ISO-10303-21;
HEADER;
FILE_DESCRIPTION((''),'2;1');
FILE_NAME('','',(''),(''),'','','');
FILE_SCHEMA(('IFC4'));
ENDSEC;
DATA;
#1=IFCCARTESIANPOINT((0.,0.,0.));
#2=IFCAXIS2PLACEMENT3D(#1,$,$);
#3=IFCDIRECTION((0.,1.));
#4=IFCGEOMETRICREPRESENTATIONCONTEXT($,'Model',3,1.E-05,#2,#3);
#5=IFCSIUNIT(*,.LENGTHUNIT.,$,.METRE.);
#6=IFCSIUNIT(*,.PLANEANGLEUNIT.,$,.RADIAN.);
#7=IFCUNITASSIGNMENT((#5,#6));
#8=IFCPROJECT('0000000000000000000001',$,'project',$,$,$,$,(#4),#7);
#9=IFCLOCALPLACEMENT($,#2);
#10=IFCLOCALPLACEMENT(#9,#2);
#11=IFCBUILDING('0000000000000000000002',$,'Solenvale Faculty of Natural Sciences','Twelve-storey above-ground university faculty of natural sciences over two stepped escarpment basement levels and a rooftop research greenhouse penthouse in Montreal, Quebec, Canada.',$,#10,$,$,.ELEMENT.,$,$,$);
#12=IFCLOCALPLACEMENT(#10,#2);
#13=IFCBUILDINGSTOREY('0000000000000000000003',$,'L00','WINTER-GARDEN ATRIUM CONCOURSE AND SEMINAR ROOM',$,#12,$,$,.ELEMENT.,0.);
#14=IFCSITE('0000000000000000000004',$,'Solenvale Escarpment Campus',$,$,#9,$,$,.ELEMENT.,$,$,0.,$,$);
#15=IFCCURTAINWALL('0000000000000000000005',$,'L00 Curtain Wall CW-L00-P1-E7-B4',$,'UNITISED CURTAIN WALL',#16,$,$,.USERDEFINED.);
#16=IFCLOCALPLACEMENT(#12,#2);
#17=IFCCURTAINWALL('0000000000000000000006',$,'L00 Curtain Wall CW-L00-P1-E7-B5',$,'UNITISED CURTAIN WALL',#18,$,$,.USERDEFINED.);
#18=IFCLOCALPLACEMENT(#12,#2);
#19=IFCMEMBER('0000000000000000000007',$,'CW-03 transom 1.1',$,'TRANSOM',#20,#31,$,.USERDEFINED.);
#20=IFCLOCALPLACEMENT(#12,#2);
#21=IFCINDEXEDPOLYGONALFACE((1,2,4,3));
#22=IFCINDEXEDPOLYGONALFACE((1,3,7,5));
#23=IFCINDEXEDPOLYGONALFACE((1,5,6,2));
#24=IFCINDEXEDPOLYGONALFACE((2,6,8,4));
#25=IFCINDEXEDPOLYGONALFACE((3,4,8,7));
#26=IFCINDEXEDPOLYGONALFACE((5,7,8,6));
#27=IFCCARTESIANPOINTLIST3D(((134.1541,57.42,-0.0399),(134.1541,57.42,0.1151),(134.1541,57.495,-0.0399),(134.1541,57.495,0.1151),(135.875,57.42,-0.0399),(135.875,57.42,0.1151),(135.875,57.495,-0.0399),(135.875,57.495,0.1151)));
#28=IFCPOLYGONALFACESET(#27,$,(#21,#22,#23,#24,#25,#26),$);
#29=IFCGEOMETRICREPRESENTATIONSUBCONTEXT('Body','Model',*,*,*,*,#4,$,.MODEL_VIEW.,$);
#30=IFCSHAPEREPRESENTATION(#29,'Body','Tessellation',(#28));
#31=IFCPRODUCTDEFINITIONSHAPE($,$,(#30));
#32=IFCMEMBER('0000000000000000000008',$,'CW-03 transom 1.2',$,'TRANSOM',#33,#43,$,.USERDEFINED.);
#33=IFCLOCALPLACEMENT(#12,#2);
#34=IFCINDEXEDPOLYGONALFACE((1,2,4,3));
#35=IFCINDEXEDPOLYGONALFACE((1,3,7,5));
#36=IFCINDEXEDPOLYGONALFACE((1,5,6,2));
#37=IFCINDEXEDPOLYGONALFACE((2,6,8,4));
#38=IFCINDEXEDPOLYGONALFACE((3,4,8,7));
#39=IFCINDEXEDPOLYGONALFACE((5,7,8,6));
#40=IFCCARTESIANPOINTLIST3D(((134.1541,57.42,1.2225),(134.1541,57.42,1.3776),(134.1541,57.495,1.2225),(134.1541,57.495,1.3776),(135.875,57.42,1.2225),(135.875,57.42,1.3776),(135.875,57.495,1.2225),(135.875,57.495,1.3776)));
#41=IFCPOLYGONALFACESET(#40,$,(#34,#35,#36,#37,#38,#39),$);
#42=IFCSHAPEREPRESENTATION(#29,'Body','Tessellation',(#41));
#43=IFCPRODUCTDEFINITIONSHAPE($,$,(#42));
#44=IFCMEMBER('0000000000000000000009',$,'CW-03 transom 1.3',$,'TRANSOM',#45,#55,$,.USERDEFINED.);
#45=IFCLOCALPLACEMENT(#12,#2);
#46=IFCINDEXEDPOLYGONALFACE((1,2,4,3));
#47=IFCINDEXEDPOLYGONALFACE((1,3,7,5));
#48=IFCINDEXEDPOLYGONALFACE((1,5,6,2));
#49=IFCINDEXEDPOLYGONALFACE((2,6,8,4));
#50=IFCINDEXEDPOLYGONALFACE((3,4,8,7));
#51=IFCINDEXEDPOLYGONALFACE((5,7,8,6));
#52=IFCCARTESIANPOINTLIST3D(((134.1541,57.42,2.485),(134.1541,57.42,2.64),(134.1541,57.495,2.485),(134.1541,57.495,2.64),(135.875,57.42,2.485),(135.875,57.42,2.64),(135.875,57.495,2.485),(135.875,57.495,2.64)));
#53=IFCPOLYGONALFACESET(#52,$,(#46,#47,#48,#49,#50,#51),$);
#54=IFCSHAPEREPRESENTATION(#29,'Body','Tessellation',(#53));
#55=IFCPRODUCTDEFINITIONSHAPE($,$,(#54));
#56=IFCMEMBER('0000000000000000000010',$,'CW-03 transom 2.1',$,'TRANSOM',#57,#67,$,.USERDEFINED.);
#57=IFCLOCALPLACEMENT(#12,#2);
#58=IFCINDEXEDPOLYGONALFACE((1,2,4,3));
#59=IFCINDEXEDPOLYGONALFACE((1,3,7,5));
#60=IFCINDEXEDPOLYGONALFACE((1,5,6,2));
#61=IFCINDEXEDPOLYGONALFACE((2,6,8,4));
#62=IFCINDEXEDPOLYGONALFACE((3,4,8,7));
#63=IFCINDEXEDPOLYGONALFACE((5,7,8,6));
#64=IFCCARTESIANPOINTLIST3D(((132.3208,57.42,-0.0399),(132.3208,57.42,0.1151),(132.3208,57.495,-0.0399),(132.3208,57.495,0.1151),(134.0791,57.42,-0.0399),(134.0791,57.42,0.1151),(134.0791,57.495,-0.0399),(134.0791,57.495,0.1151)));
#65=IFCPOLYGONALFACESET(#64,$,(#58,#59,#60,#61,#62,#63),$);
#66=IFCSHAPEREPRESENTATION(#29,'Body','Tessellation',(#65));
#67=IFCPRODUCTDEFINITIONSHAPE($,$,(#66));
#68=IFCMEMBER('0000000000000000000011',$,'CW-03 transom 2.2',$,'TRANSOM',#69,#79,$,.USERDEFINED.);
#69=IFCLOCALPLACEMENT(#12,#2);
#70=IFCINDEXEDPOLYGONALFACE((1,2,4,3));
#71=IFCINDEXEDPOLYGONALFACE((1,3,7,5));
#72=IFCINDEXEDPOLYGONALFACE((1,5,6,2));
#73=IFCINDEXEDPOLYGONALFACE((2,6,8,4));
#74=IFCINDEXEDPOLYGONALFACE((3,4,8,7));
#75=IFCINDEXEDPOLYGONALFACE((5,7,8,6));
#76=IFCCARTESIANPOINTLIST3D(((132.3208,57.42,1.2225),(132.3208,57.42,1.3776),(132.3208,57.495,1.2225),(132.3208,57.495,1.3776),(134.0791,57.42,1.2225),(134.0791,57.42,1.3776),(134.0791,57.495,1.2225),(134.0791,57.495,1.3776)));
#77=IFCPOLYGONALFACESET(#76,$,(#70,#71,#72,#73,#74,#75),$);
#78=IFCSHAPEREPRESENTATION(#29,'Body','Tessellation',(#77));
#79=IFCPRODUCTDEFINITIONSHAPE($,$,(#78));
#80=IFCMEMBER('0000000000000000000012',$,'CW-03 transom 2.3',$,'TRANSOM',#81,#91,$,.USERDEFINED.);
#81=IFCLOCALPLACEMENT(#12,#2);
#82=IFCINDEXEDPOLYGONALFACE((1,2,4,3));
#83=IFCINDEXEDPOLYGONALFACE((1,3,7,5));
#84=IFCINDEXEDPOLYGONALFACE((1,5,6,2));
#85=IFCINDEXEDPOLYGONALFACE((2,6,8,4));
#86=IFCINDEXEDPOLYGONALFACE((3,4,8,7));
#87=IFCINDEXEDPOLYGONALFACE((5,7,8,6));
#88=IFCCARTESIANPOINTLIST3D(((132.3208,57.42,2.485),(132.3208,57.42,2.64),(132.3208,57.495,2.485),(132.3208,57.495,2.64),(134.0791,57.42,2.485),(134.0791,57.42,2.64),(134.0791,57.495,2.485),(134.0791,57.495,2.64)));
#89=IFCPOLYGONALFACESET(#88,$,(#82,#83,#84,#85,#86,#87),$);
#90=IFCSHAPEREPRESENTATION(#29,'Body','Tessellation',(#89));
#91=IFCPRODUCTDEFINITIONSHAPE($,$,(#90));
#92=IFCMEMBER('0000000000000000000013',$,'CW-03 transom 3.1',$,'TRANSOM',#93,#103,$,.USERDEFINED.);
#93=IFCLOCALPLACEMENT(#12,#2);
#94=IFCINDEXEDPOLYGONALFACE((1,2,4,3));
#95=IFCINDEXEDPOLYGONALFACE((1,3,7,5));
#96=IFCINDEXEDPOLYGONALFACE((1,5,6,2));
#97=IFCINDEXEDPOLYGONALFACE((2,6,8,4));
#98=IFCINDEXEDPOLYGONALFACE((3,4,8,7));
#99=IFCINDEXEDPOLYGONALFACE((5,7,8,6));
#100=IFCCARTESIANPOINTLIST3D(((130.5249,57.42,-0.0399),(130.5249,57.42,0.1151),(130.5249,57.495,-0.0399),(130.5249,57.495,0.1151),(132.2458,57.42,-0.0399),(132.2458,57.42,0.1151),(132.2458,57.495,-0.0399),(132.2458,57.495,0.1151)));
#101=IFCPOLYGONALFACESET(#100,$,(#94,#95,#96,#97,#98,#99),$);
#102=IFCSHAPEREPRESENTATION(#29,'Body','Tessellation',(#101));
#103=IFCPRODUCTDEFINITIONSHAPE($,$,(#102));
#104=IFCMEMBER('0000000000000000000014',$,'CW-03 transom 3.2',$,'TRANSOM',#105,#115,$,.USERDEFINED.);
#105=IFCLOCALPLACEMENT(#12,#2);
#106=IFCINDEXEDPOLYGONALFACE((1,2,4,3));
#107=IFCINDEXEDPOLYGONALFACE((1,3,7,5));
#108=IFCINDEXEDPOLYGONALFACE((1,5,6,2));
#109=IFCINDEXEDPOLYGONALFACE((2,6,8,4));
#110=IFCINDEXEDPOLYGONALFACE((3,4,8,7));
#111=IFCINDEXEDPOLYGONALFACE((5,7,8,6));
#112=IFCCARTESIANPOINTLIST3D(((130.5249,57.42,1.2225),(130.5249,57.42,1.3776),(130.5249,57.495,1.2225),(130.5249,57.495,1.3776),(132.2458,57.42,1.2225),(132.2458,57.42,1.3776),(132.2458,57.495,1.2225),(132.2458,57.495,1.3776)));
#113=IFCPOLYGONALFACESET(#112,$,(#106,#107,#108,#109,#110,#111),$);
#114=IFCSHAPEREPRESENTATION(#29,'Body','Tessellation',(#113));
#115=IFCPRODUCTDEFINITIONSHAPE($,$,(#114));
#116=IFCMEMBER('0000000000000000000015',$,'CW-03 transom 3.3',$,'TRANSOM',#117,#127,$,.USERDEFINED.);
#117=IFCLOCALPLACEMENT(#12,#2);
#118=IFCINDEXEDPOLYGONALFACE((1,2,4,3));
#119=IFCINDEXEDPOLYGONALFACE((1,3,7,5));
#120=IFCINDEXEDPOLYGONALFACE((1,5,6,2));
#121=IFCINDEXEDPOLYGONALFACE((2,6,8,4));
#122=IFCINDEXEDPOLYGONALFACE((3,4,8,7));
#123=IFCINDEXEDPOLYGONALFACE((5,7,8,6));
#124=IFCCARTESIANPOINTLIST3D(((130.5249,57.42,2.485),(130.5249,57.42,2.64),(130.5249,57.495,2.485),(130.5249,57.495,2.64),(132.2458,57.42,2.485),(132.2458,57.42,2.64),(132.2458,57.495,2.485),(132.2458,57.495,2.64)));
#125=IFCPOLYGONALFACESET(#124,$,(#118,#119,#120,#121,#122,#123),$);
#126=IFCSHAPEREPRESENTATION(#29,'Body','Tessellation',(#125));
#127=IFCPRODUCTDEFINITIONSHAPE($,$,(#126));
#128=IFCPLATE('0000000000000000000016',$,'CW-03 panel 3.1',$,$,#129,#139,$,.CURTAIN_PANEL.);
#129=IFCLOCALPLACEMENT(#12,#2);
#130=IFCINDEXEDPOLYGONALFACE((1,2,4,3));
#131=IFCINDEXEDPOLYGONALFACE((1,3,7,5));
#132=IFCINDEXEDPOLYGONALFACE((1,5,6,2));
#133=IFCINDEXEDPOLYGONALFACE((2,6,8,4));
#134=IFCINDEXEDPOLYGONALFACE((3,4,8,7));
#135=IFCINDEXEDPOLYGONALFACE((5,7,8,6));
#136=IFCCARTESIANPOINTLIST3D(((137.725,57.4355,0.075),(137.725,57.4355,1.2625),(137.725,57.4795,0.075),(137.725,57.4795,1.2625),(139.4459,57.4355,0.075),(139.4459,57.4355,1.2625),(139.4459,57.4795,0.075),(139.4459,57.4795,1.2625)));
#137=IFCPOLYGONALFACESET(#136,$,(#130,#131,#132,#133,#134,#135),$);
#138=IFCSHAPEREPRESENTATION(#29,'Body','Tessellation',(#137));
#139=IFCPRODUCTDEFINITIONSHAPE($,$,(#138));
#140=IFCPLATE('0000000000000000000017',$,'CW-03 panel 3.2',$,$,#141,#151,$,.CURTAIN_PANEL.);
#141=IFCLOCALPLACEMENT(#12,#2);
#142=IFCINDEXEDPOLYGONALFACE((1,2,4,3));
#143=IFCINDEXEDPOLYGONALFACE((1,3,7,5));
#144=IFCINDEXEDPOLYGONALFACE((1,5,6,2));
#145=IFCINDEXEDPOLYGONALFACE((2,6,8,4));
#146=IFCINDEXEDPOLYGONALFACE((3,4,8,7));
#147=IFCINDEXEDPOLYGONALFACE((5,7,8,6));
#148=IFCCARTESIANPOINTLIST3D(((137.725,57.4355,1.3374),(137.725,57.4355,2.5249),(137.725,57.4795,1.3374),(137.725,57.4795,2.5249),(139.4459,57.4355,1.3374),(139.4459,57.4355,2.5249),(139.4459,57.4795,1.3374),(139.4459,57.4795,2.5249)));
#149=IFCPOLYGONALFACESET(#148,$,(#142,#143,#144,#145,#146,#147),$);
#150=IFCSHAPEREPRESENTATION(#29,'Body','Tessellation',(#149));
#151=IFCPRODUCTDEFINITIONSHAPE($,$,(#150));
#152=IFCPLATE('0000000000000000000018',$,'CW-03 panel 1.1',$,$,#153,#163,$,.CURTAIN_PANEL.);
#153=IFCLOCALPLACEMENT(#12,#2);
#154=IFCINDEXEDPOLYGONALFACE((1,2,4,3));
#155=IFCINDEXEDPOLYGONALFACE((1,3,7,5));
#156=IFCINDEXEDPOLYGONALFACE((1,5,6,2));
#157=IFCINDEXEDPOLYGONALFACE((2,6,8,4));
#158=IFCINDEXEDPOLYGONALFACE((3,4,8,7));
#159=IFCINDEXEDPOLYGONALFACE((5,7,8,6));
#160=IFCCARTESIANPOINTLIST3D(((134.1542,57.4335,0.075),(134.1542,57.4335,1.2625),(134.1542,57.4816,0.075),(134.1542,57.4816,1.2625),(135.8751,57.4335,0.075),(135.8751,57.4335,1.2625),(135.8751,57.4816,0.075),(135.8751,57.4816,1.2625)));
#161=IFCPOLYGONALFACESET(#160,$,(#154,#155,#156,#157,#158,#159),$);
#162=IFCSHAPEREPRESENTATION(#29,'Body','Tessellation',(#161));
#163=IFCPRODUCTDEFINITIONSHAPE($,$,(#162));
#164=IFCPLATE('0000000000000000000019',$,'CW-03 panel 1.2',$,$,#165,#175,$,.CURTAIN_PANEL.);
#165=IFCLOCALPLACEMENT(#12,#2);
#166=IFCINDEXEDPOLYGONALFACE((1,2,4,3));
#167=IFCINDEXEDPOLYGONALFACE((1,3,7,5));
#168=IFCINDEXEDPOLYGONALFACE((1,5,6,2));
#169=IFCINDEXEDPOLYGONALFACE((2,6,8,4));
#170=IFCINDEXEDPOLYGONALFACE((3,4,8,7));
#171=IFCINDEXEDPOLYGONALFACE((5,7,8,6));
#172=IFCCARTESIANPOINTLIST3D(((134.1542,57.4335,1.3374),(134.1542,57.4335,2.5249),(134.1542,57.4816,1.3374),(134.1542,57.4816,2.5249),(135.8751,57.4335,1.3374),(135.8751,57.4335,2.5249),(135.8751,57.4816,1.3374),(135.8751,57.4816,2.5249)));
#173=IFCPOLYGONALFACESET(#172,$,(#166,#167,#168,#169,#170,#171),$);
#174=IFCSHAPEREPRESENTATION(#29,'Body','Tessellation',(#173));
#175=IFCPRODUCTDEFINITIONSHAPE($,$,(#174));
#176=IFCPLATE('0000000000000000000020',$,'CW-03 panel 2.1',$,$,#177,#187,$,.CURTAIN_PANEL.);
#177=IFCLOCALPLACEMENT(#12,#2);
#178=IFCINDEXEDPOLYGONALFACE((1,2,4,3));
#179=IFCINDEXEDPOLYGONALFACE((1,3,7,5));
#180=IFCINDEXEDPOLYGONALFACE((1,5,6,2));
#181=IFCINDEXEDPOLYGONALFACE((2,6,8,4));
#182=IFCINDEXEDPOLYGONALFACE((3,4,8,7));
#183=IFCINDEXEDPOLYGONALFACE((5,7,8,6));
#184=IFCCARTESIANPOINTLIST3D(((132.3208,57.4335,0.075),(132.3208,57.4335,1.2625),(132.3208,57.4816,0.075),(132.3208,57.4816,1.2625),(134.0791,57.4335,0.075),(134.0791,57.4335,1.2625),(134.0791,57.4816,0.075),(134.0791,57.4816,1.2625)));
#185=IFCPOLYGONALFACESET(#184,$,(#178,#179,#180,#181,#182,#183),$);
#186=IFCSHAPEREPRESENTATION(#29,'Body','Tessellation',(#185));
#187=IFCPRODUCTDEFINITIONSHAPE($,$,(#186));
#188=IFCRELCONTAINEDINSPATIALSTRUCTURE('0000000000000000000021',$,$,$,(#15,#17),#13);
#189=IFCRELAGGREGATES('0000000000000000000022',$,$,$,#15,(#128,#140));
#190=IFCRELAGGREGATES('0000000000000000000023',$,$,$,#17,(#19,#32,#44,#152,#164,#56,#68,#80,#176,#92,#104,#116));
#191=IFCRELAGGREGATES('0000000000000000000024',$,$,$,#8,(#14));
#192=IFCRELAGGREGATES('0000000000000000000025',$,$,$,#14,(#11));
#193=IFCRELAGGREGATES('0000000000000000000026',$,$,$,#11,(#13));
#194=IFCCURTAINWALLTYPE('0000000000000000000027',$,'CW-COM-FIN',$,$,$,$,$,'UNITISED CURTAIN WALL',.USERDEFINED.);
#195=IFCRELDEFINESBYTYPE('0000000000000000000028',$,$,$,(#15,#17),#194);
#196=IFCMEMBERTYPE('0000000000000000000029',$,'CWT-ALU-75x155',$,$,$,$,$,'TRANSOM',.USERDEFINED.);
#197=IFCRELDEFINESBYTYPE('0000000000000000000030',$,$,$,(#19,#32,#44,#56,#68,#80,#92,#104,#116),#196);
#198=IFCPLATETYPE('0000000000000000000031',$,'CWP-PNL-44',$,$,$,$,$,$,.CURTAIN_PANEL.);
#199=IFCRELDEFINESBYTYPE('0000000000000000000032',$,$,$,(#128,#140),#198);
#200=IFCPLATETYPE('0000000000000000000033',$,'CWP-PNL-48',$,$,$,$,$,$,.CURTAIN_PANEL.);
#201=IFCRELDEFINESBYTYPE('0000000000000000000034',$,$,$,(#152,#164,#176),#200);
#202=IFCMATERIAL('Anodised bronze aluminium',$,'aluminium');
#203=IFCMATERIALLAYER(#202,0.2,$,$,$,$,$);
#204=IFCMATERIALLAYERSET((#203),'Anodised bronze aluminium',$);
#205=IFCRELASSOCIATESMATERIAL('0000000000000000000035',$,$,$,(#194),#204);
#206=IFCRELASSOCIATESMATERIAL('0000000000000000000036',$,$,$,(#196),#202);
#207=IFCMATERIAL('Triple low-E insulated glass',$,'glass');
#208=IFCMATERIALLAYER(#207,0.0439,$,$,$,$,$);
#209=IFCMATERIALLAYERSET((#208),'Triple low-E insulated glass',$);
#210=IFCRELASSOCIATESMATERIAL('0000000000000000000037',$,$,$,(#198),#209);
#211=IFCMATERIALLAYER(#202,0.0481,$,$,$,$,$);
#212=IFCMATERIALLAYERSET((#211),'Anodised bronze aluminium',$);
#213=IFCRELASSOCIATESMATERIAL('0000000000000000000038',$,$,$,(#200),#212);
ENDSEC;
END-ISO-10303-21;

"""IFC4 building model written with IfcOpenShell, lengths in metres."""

from ifc_helpers import new_model, si_unit, direction, frame, origin, origin_2d, place, context, subcontext, project, spatial, rectangle, extrude, material, layer, layer_set, material_profile, profile_set, type_object, element, aggregate, save


model = new_model("IFC4")

# Units and contexts
model_context = context("Model", 3, precision=1e-05, world=origin(), true_north=direction((0.0, 1.0)))
body_context = subcontext(model_context, "Body", "Model", "MODEL_VIEW")
ifc_project = project(units=[si_unit("LENGTHUNIT", "METRE"), si_unit("PLANEANGLEUNIT", "RADIAN")], contexts=[model_context])

# Site, building, storey
site_placement = place(None, origin())
site = spatial("IfcSite", under=ifc_project, at=site_placement, Name="Solenvale Escarpment Campus", CompositionType="ELEMENT", RefElevation=0.0)
building_placement = place(site_placement, origin())
building = spatial("IfcBuilding", under=site, at=building_placement, Name="Solenvale Faculty of Natural Sciences", Description="Twelve-storey above-ground university faculty of natural sciences over two stepped escarpment basement levels and a rooftop research greenhouse penthouse in Montreal, Quebec, Canada.", CompositionType="ELEMENT")
storey_placement = place(building_placement, origin())
storey = spatial("IfcBuildingStorey", under=building, at=storey_placement, Name="L00", Description="WINTER-GARDEN ATRIUM CONCOURSE AND SEMINAR ROOM", CompositionType="ELEMENT", Elevation=0.0)

# Curtain wall
ifc_material_1 = material(Name="Anodised bronze aluminium", Category="aluminium")
ifc_layer_1 = layer(ifc_material_1, 0.2)
ifc_layer_set_1 = layer_set([ifc_layer_1], Name="Anodised bronze aluminium")
curtain_wall_type = type_object("IfcCurtainWallType", Name="CW-COM-FIN", ElementType="UNITISED CURTAIN WALL", PredefinedType="USERDEFINED", material=ifc_layer_set_1)
curtain_wall_1_placement = place(storey_placement, origin())
curtain_wall_1 = element("IfcCurtainWall", 1, at=curtain_wall_1_placement, inside=storey, type_object=curtain_wall_type, Name="L00 Curtain Wall CW-L00-P1-E7-B4", ObjectType="UNITISED CURTAIN WALL", PredefinedType="USERDEFINED")

# Curtain wall
curtain_wall_2_placement = place(storey_placement, origin())
curtain_wall_2 = element("IfcCurtainWall", 2, at=curtain_wall_2_placement, inside=storey, type_object=curtain_wall_type, Name="L00 Curtain Wall CW-L00-P1-E7-B5", ObjectType="UNITISED CURTAIN WALL", PredefinedType="USERDEFINED")

# Members
ifc_material_profile_1 = material_profile(ifc_material_1, rectangle(XDim=0.075, YDim=0.155, at=origin_2d()), Name="ALU-TRN-75x155")
ifc_profile_set_1 = profile_set([ifc_material_profile_1], Name="Anodised bronze aluminium")
member_type_1 = type_object("IfcMemberType", Name="CWT-ALU-75x155", ElementType="TRANSOM", PredefinedType="USERDEFINED", material=ifc_profile_set_1)
member_1_placement = place(storey_placement, frame((135.875, 57.4575, 0.0376), z_axis=(-1.0, 0.0, 0.0), x_axis=(0.0, -1.0, 0.0)))
member_1 = element("IfcMember", 3, at=member_1_placement, type_object=member_type_1, Name="CW-03 transom 1.1", ObjectType="TRANSOM", PredefinedType="USERDEFINED", context=body_context, shape_type="SweptSolid", body=[
    extrude(rectangle(XDim=0.075, YDim=0.155, at=origin_2d()), origin(), (0.0, 0.0, 1.0), 1.7209),
])
member_2_placement = place(storey_placement, frame((135.875, 57.4575, 1.3), z_axis=(-1.0, 0.0, 0.0), x_axis=(0.0, -1.0, 0.0)))
member_2 = element("IfcMember", 4, at=member_2_placement, type_object=member_type_1, Name="CW-03 transom 1.2", ObjectType="TRANSOM", PredefinedType="USERDEFINED", context=body_context, shape_type="SweptSolid", body=[
    extrude(rectangle(XDim=0.075, YDim=0.155, at=origin_2d()), origin(), (0.0, 0.0, 1.0), 1.7209),
])
member_3_placement = place(storey_placement, frame((135.875, 57.4575, 2.5625), z_axis=(-1.0, 0.0, 0.0), x_axis=(0.0, -1.0, 0.0)))
member_3 = element("IfcMember", 5, at=member_3_placement, type_object=member_type_1, Name="CW-03 transom 1.3", ObjectType="TRANSOM", PredefinedType="USERDEFINED", context=body_context, shape_type="SweptSolid", body=[
    extrude(rectangle(XDim=0.075, YDim=0.155, at=origin_2d()), origin(), (0.0, 0.0, 1.0), 1.7209),
])
member_4_placement = place(storey_placement, frame((134.0791, 57.4575, 0.0376), z_axis=(-1.0, 0.0, 0.0), x_axis=(0.0, -1.0, 0.0)))
member_4 = element("IfcMember", 6, at=member_4_placement, type_object=member_type_1, Name="CW-03 transom 2.1", ObjectType="TRANSOM", PredefinedType="USERDEFINED", context=body_context, shape_type="SweptSolid", body=[
    extrude(rectangle(XDim=0.075, YDim=0.155, at=origin_2d()), origin(), (0.0, 0.0, 1.0), 1.7583),
])
member_5_placement = place(storey_placement, frame((134.0791, 57.4575, 1.3), z_axis=(-1.0, 0.0, 0.0), x_axis=(0.0, -1.0, 0.0)))
member_5 = element("IfcMember", 7, at=member_5_placement, type_object=member_type_1, Name="CW-03 transom 2.2", ObjectType="TRANSOM", PredefinedType="USERDEFINED", context=body_context, shape_type="SweptSolid", body=[
    extrude(rectangle(XDim=0.075, YDim=0.155, at=origin_2d()), origin(), (0.0, 0.0, 1.0), 1.7583),
])
member_6_placement = place(storey_placement, frame((134.0791, 57.4575, 2.5625), z_axis=(-1.0, 0.0, 0.0), x_axis=(0.0, -1.0, 0.0)))
member_6 = element("IfcMember", 8, at=member_6_placement, type_object=member_type_1, Name="CW-03 transom 2.3", ObjectType="TRANSOM", PredefinedType="USERDEFINED", context=body_context, shape_type="SweptSolid", body=[
    extrude(rectangle(XDim=0.075, YDim=0.155, at=origin_2d()), origin(), (0.0, 0.0, 1.0), 1.7583),
])
member_7_placement = place(storey_placement, frame((132.2458, 57.4575, 0.0376), z_axis=(-1.0, 0.0, 0.0), x_axis=(0.0, -1.0, 0.0)))
member_7 = element("IfcMember", 9, at=member_7_placement, type_object=member_type_1, Name="CW-03 transom 3.1", ObjectType="TRANSOM", PredefinedType="USERDEFINED", context=body_context, shape_type="SweptSolid", body=[
    extrude(rectangle(XDim=0.075, YDim=0.155, at=origin_2d()), origin(), (0.0, 0.0, 1.0), 1.7209),
])
member_8_placement = place(storey_placement, frame((132.2458, 57.4575, 1.3), z_axis=(-1.0, 0.0, 0.0), x_axis=(0.0, -1.0, 0.0)))
member_8 = element("IfcMember", 10, at=member_8_placement, type_object=member_type_1, Name="CW-03 transom 3.2", ObjectType="TRANSOM", PredefinedType="USERDEFINED", context=body_context, shape_type="SweptSolid", body=[
    extrude(rectangle(XDim=0.075, YDim=0.155, at=origin_2d()), origin(), (0.0, 0.0, 1.0), 1.7209),
])
member_9_placement = place(storey_placement, frame((132.2458, 57.4575, 2.5625), z_axis=(-1.0, 0.0, 0.0), x_axis=(0.0, -1.0, 0.0)))
member_9 = element("IfcMember", 11, at=member_9_placement, type_object=member_type_1, Name="CW-03 transom 3.3", ObjectType="TRANSOM", PredefinedType="USERDEFINED", context=body_context, shape_type="SweptSolid", body=[
    extrude(rectangle(XDim=0.075, YDim=0.155, at=origin_2d()), origin(), (0.0, 0.0, 1.0), 1.7209),
])

# Plates
ifc_material_2 = material(Name="Triple low-E insulated glass", Category="glass")
ifc_layer_2 = layer(ifc_material_2, 0.0439)
ifc_layer_set_2 = layer_set([ifc_layer_2], Name="Triple low-E insulated glass")
plate_type_1 = type_object("IfcPlateType", Name="CWP-PNL-44", PredefinedType="CURTAIN_PANEL", material=ifc_layer_set_2)
plate_1_placement = place(storey_placement, frame((138.5854, 57.4575, 0.075), z_axis=(0.0, 0.0, 1.0), x_axis=(-1.0, 0.0, 0.0)))
plate_1 = element("IfcPlate", 12, at=plate_1_placement, type_object=plate_type_1, Name="CW-03 panel 3.1", PredefinedType="CURTAIN_PANEL", context=body_context, shape_type="SweptSolid", body=[
    extrude(rectangle(XDim=1.7209, YDim=0.0439, at=origin_2d()), origin(), (0.0, 0.0, 1.0), 1.1875),
])
plate_2_placement = place(storey_placement, frame((138.5854, 57.4575, 1.3374), z_axis=(0.0, 0.0, 1.0), x_axis=(-1.0, 0.0, 0.0)))
plate_2 = element("IfcPlate", 13, at=plate_2_placement, type_object=plate_type_1, Name="CW-03 panel 3.2", PredefinedType="CURTAIN_PANEL", context=body_context, shape_type="SweptSolid", body=[
    extrude(rectangle(XDim=1.7209, YDim=0.0439, at=origin_2d()), origin(), (0.0, 0.0, 1.0), 1.1875),
])
aggregate(curtain_wall_1, [plate_1, plate_2])
ifc_layer_3 = layer(ifc_material_1, 0.0481)
ifc_layer_set_3 = layer_set([ifc_layer_3], Name="Anodised bronze aluminium")
plate_type_2 = type_object("IfcPlateType", Name="CWP-PNL-48", PredefinedType="CURTAIN_PANEL", material=ifc_layer_set_3)
plate_3_placement = place(storey_placement, frame((135.0146, 57.4575, 0.075), z_axis=(0.0, 0.0, 1.0), x_axis=(-1.0, 0.0, 0.0)))
plate_3 = element("IfcPlate", 14, at=plate_3_placement, type_object=plate_type_2, Name="CW-03 panel 1.1", PredefinedType="CURTAIN_PANEL", context=body_context, shape_type="SweptSolid", body=[
    extrude(rectangle(XDim=1.7209, YDim=0.0481, at=origin_2d()), origin(), (0.0, 0.0, 1.0), 1.1875),
])
plate_4_placement = place(storey_placement, frame((135.0146, 57.4575, 1.3374), z_axis=(0.0, 0.0, 1.0), x_axis=(-1.0, 0.0, 0.0)))
plate_4 = element("IfcPlate", 15, at=plate_4_placement, type_object=plate_type_2, Name="CW-03 panel 1.2", PredefinedType="CURTAIN_PANEL", context=body_context, shape_type="SweptSolid", body=[
    extrude(rectangle(XDim=1.7209, YDim=0.0481, at=origin_2d()), origin(), (0.0, 0.0, 1.0), 1.1875),
])
plate_5_placement = place(storey_placement, frame((133.2, 57.4575, 0.075), z_axis=(0.0, 0.0, 1.0), x_axis=(-1.0, 0.0, 0.0)))
plate_5 = element("IfcPlate", 16, at=plate_5_placement, type_object=plate_type_2, Name="CW-03 panel 2.1", PredefinedType="CURTAIN_PANEL", context=body_context, shape_type="SweptSolid", body=[
    extrude(rectangle(XDim=1.7583, YDim=0.0481, at=origin_2d()), origin(), (0.0, 0.0, 1.0), 1.1875),
])
aggregate(curtain_wall_2, [member_1, member_2, member_3, plate_3, plate_4, member_4, member_5, member_6, plate_5, member_7, member_8, member_9])

save(model, "model.ifc")
